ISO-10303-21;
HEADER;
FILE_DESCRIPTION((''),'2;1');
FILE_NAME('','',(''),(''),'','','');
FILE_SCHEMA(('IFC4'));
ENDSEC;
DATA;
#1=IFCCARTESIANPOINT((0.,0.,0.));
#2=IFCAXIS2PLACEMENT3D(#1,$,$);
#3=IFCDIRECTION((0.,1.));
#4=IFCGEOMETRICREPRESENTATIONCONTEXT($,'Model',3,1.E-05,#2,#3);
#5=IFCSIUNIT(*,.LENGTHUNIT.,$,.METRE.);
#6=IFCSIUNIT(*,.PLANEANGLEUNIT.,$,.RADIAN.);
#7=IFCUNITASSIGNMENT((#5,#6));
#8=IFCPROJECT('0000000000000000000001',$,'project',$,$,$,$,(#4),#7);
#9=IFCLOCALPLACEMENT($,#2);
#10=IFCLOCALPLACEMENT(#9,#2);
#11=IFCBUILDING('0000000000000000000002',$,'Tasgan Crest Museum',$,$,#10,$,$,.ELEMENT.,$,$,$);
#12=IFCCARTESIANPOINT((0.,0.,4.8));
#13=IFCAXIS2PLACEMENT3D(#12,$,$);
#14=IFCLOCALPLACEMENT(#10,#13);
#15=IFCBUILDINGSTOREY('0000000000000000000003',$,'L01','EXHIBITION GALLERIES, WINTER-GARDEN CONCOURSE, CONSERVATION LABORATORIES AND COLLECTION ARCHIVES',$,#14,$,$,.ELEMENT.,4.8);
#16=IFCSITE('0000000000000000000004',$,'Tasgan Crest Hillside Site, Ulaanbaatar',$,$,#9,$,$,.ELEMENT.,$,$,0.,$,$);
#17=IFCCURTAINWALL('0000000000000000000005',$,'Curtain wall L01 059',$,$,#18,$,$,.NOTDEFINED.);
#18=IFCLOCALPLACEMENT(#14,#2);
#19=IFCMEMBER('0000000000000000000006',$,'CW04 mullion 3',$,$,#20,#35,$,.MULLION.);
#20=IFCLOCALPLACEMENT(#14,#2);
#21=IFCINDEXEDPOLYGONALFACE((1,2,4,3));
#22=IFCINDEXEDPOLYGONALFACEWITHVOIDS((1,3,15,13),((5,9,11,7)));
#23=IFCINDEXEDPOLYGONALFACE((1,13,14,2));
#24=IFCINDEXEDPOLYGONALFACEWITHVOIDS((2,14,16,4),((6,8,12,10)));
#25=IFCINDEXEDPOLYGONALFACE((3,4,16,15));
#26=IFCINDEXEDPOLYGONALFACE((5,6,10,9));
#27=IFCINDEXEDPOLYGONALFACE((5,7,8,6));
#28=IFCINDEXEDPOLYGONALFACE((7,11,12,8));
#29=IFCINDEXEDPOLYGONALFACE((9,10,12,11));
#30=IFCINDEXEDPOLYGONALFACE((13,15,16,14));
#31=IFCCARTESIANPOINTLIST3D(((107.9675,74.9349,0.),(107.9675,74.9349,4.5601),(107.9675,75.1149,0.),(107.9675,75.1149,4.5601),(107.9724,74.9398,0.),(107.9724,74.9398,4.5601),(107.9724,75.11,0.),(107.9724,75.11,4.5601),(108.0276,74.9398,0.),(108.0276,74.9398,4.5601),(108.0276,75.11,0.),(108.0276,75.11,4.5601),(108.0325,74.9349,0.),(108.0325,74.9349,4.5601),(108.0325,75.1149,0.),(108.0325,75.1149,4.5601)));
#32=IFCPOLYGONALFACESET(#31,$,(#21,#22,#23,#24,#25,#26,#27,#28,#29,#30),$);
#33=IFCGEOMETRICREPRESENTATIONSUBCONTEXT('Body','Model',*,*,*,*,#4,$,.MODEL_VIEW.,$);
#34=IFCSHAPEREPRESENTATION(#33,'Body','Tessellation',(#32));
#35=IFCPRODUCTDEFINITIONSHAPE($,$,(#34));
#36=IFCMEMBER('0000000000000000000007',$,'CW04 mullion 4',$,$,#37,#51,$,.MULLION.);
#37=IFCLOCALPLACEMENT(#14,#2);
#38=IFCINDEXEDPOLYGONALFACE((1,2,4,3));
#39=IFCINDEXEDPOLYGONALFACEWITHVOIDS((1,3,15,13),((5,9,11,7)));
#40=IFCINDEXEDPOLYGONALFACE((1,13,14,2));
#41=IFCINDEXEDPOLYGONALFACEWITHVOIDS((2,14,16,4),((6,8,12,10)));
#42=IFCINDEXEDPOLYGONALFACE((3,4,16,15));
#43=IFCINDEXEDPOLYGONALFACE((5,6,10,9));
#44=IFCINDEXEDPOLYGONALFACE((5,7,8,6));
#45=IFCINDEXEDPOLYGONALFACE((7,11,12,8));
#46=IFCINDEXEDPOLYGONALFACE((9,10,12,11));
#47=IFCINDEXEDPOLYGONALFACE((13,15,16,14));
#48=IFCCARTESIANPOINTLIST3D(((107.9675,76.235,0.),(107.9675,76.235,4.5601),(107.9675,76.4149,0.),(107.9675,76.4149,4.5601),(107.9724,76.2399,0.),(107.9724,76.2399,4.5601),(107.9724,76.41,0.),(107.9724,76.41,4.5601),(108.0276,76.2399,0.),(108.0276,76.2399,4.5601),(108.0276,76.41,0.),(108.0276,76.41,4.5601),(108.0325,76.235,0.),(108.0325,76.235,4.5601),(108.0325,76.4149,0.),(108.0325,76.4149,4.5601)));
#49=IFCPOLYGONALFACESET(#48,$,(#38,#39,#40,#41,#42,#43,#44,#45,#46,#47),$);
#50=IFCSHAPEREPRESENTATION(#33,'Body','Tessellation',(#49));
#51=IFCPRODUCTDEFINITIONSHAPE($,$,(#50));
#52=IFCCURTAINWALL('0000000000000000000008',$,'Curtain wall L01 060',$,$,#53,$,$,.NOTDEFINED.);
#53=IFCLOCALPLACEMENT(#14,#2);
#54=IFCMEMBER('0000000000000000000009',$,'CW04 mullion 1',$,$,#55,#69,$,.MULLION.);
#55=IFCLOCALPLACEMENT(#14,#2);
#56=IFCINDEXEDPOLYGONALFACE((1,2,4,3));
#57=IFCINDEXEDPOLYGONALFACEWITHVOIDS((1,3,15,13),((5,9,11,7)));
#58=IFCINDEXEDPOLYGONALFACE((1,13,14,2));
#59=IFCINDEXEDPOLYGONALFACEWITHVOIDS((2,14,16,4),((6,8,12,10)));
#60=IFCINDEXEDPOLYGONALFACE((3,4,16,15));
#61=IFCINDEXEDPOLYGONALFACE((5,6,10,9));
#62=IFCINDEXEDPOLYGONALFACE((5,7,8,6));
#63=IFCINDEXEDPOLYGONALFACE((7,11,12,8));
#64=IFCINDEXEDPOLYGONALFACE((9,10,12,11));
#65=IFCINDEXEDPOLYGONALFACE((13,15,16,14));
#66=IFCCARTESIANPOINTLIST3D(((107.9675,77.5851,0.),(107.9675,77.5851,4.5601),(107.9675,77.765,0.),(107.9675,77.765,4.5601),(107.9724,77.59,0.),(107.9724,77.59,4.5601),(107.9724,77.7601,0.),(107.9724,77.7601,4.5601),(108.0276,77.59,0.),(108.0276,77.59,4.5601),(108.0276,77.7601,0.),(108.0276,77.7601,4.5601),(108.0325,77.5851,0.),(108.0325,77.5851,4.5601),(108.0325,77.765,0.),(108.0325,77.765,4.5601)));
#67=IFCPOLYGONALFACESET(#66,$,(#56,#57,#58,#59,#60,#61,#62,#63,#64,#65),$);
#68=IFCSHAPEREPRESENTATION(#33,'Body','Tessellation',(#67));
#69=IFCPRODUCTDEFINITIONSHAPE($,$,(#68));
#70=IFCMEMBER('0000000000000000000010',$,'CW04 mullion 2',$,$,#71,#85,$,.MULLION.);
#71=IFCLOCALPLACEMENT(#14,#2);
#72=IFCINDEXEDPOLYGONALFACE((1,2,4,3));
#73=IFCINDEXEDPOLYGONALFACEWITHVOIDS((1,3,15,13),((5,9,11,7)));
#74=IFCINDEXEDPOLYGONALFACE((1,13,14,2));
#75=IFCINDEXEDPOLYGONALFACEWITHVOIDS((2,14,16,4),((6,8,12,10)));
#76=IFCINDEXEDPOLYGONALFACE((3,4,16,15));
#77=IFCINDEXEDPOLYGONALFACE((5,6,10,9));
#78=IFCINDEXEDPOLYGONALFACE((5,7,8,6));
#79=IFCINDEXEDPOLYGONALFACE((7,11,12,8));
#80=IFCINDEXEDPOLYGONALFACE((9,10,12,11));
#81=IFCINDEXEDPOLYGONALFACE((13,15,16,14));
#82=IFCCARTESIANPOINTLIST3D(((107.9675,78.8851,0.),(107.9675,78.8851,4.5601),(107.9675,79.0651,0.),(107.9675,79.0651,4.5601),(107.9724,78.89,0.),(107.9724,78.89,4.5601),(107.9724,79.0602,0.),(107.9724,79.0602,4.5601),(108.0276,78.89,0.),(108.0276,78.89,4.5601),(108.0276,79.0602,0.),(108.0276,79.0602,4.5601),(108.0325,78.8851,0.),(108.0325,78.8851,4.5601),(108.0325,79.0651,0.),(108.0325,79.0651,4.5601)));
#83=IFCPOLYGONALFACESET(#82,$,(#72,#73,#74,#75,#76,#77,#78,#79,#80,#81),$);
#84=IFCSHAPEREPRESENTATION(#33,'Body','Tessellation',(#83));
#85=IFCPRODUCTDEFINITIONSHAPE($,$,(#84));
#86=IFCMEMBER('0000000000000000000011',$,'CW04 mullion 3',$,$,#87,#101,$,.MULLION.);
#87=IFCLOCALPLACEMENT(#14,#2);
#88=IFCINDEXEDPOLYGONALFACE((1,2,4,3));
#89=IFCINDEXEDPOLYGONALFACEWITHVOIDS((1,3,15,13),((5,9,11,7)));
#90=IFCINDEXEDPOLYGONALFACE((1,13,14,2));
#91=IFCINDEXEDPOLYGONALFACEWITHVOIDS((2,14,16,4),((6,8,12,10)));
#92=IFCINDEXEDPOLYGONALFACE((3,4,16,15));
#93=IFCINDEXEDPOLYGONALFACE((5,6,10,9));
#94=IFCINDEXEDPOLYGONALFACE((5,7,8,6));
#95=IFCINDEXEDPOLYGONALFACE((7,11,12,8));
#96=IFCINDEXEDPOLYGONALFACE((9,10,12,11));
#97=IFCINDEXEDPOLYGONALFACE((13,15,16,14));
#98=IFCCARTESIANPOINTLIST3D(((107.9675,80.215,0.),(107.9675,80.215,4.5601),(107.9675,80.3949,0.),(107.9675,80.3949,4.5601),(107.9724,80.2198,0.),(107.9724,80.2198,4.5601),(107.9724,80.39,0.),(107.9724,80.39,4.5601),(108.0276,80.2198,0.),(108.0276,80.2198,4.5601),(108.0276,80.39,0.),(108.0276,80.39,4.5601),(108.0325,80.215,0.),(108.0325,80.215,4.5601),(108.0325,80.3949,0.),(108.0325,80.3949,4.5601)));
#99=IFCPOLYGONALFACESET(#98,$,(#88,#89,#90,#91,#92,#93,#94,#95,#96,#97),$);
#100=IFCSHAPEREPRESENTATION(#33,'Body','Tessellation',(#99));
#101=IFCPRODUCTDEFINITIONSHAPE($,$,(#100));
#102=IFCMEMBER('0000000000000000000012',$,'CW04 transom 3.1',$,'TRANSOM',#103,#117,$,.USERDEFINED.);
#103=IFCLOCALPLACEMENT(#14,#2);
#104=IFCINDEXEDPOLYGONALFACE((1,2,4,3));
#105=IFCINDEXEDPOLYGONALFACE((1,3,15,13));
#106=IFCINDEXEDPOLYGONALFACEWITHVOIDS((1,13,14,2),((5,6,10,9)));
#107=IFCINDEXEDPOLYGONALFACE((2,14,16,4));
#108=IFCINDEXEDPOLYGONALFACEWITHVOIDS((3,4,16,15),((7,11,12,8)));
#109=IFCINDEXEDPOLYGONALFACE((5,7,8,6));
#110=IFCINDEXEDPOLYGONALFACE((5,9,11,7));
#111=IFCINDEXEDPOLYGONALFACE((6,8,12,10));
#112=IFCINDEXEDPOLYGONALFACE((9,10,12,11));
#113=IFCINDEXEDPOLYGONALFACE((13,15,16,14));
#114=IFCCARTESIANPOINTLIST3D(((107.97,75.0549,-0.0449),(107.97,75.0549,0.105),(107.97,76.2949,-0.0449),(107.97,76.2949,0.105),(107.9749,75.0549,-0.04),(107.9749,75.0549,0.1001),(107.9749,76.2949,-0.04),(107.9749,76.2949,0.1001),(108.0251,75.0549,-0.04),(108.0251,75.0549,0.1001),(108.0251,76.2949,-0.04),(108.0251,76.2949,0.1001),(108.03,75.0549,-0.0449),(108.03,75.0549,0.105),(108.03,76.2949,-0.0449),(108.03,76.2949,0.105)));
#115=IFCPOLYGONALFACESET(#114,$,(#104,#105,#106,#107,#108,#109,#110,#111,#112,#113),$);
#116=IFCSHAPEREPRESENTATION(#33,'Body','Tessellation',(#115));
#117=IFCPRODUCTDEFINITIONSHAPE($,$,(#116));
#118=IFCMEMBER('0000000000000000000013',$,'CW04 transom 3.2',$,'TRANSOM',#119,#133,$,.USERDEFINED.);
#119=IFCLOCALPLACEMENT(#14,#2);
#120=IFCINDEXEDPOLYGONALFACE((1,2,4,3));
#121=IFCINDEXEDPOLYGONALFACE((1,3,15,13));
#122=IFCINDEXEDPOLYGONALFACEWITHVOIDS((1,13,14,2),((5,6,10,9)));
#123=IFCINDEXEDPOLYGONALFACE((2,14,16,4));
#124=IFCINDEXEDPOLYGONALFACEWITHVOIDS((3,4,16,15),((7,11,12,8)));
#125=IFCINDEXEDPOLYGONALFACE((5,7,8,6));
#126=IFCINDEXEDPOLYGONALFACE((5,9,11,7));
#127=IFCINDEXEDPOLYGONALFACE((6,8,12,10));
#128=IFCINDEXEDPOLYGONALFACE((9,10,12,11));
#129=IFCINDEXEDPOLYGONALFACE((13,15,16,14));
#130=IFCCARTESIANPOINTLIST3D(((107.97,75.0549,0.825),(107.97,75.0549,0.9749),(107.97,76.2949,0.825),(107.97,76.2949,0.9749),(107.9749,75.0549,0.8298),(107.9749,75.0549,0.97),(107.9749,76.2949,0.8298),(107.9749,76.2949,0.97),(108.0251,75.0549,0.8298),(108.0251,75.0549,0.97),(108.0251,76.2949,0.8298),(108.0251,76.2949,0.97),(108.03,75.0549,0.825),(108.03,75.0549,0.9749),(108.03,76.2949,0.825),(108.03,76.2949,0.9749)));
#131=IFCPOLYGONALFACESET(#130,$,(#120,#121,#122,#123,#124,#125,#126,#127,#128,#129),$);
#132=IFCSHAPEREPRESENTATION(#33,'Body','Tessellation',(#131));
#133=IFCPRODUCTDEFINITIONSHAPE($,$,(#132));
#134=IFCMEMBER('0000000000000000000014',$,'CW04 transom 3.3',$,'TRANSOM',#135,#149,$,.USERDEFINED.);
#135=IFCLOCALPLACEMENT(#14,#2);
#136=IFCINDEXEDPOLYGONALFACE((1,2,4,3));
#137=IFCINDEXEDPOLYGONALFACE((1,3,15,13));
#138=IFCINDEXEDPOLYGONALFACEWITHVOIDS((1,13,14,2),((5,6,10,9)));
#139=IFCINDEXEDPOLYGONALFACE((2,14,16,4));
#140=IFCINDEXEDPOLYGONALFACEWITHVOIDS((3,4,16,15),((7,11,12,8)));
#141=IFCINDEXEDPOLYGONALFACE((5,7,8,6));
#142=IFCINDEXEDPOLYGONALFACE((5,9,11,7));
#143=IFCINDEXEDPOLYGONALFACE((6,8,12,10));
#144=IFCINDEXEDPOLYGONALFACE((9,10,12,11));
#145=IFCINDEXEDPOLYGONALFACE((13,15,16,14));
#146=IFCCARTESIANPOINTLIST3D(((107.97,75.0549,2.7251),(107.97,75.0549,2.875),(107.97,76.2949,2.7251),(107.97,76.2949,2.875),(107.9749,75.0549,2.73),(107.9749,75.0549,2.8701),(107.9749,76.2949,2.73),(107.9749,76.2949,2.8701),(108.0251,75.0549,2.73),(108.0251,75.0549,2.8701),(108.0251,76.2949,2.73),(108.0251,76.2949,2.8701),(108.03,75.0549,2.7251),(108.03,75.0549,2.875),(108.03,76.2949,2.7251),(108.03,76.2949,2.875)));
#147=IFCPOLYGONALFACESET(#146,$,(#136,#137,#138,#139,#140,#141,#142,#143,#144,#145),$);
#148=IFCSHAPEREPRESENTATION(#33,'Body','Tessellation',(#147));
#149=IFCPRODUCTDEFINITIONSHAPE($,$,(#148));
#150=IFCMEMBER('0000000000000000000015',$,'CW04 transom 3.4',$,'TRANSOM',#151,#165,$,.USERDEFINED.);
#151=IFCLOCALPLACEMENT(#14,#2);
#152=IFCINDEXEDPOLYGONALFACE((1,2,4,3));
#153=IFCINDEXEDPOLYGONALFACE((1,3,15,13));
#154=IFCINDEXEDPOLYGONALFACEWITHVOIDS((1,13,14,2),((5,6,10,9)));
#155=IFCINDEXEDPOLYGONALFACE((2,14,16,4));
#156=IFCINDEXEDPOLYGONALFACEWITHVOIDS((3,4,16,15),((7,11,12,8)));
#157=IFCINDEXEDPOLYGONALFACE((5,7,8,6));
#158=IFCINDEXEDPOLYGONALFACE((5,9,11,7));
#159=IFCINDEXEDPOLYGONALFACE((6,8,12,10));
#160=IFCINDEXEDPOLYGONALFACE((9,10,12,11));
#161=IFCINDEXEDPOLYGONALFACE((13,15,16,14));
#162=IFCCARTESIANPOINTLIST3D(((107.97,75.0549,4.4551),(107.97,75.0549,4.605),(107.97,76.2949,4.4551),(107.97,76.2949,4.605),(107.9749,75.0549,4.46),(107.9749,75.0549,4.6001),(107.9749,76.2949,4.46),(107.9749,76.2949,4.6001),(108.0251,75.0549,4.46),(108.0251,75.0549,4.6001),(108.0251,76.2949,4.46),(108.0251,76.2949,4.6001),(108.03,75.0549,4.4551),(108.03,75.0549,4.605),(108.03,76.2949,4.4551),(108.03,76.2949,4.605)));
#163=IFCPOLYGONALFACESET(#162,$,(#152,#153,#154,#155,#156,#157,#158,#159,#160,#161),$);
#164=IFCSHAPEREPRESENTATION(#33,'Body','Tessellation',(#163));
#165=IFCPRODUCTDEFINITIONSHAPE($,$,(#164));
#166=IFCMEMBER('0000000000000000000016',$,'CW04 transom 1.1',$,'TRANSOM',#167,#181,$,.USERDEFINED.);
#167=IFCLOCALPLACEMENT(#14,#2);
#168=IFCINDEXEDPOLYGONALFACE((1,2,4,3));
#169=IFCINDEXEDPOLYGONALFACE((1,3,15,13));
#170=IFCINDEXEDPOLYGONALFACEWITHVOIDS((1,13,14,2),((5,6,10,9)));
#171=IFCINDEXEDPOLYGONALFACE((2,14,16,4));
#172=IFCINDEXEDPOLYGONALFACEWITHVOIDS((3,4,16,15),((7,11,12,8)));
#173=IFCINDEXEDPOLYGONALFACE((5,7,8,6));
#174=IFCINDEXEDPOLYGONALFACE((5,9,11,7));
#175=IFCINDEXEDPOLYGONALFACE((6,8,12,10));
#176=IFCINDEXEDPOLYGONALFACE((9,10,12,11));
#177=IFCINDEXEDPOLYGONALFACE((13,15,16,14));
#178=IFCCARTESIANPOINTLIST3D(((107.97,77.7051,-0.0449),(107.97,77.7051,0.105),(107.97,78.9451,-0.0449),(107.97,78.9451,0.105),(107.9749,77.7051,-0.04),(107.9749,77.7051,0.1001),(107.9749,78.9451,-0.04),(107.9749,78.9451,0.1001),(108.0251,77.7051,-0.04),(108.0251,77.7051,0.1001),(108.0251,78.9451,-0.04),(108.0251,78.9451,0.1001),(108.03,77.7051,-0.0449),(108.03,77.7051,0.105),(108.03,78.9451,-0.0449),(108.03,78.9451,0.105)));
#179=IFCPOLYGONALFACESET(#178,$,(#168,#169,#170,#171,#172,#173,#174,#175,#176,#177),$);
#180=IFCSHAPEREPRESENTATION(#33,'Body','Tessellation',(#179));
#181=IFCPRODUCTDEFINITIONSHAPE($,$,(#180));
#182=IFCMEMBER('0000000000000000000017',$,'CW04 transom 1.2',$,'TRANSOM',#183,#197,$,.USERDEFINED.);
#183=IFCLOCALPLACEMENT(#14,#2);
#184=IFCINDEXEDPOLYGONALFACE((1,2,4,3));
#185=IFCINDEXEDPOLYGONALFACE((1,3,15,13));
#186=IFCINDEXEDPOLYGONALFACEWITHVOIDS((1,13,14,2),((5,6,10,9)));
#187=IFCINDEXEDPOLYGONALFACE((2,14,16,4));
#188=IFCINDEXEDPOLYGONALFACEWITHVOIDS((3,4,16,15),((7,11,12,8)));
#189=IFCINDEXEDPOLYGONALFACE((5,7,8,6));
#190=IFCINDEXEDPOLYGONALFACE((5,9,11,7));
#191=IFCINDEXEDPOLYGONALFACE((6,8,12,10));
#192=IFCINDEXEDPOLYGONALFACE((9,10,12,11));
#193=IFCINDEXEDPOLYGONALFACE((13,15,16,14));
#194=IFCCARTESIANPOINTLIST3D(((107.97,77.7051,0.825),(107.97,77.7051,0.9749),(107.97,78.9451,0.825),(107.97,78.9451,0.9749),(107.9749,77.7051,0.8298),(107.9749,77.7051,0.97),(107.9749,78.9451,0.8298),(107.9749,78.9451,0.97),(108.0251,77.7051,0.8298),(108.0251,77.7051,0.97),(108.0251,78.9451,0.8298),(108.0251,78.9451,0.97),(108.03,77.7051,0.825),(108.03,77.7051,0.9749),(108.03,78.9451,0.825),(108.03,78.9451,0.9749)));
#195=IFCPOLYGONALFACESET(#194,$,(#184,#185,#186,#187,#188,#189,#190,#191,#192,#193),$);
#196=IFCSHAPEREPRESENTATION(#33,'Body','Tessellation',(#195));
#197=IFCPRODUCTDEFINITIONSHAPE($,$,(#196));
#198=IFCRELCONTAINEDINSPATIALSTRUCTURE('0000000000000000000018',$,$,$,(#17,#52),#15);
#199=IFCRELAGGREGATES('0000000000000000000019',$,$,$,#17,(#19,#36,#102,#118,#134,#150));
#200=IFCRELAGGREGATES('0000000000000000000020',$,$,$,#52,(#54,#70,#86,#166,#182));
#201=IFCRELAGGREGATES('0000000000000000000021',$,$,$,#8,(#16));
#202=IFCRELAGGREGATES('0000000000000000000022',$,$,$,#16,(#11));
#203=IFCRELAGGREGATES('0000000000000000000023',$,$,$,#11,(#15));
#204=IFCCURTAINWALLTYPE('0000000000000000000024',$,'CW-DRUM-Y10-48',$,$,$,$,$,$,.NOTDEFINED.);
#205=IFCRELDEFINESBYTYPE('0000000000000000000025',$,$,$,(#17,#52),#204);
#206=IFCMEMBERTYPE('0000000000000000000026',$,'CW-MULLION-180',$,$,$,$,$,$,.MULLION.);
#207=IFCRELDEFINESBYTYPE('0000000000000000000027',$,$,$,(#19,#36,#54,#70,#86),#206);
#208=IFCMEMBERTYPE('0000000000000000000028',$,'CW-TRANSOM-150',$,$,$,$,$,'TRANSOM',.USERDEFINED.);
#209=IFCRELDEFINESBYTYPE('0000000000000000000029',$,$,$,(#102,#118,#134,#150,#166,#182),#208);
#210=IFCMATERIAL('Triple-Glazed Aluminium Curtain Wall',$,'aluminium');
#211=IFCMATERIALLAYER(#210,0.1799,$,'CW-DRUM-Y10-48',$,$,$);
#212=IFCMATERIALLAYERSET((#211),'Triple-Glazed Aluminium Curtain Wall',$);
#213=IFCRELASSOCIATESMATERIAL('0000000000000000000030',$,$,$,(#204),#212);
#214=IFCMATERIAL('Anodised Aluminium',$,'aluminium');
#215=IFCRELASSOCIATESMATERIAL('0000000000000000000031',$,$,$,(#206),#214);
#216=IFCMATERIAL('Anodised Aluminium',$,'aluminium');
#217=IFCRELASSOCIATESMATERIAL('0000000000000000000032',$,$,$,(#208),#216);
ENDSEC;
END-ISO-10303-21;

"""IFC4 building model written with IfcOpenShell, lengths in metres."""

from ifc_helpers import new_model, si_unit, direction, frame, origin, origin_2d, place, context, subcontext, project, spatial, hollow_rectangle, extrude, material, layer, layer_set, material_profile, profile_set, type_object, element, aggregate, save


model = new_model("IFC4")

# Units and contexts
model_context = context("Model", 3, precision=1e-05, world=origin(), true_north=direction((0.0, 1.0)))
body_context = subcontext(model_context, "Body", "Model", "MODEL_VIEW")
ifc_project = project(units=[si_unit("LENGTHUNIT", "METRE"), si_unit("PLANEANGLEUNIT", "RADIAN")], contexts=[model_context])

# Site, building, storey
site_placement = place(None, origin())
site = spatial("IfcSite", under=ifc_project, at=site_placement, Name="Tasgan Crest Hillside Site, Ulaanbaatar", CompositionType="ELEMENT", RefElevation=0.0)
building_placement = place(site_placement, origin())
building = spatial("IfcBuilding", under=site, at=building_placement, Name="Tasgan Crest Museum", CompositionType="ELEMENT")
storey_placement = place(building_placement, frame((0.0, 0.0, 4.8)))
storey = spatial("IfcBuildingStorey", under=building, at=storey_placement, Name="L01", Description="EXHIBITION GALLERIES, WINTER-GARDEN CONCOURSE, CONSERVATION LABORATORIES AND COLLECTION ARCHIVES", CompositionType="ELEMENT", Elevation=4.8)

# Curtain walls, members
ifc_material_1 = material(Name="Triple-Glazed Aluminium Curtain Wall", Category="aluminium")
ifc_layer_1 = layer(ifc_material_1, 0.1799, Name="CW-DRUM-Y10-48")
ifc_layer_set_1 = layer_set([ifc_layer_1], Name="Triple-Glazed Aluminium Curtain Wall")
curtain_wall_type = type_object("IfcCurtainWallType", Name="CW-DRUM-Y10-48", PredefinedType="NOTDEFINED", material=ifc_layer_set_1)
curtain_wall_1_placement = place(storey_placement, origin())
curtain_wall_1 = element("IfcCurtainWall", 1, at=curtain_wall_1_placement, inside=storey, type_object=curtain_wall_type, Name="Curtain wall L01 059", PredefinedType="NOTDEFINED")
ifc_material_2 = material(Name="Anodised Aluminium", Category="aluminium")
ifc_material_profile_1 = material_profile(ifc_material_2, hollow_rectangle(XDim=0.0649, YDim=0.1799, WallThickness=0.0049, at=origin_2d()), Name="ALU MULLION 180x65x5")
ifc_profile_set_1 = profile_set([ifc_material_profile_1], Name="Anodised Aluminium")
member_type_1 = type_object("IfcMemberType", Name="CW-MULLION-180", PredefinedType="MULLION", material=ifc_profile_set_1)
member_1_placement = place(storey_placement, frame((108.0, 75.0249, 0.0), z_axis=(0.0, 0.0, 1.0), x_axis=(-1.0, 0.0, 0.0)))
member_1 = element("IfcMember", 2, at=member_1_placement, type_object=member_type_1, Name="CW04 mullion 3", PredefinedType="MULLION", context=body_context, shape_type="SweptSolid", body=[
    extrude(hollow_rectangle(XDim=0.0649, YDim=0.1799, WallThickness=0.0049, at=origin_2d()), origin(), (0.0, 0.0, 1.0), 4.5601),
])
member_2_placement = place(storey_placement, frame((108.0, 76.325, 0.0), z_axis=(0.0, 0.0, 1.0), x_axis=(-1.0, 0.0, 0.0)))
member_2 = element("IfcMember", 3, at=member_2_placement, type_object=member_type_1, Name="CW04 mullion 4", PredefinedType="MULLION", context=body_context, shape_type="SweptSolid", body=[
    extrude(hollow_rectangle(XDim=0.0649, YDim=0.1799, WallThickness=0.0049, at=origin_2d()), origin(), (0.0, 0.0, 1.0), 4.5601),
])
curtain_wall_2_placement = place(storey_placement, origin())
curtain_wall_2 = element("IfcCurtainWall", 4, at=curtain_wall_2_placement, inside=storey, type_object=curtain_wall_type, Name="Curtain wall L01 060", PredefinedType="NOTDEFINED")
member_3_placement = place(storey_placement, frame((108.0, 77.675, 0.0), z_axis=(0.0, 0.0, 1.0), x_axis=(-1.0, 0.0, 0.0)))
member_3 = element("IfcMember", 5, at=member_3_placement, type_object=member_type_1, Name="CW04 mullion 1", PredefinedType="MULLION", context=body_context, shape_type="SweptSolid", body=[
    extrude(hollow_rectangle(XDim=0.0649, YDim=0.1799, WallThickness=0.0049, at=origin_2d()), origin(), (0.0, 0.0, 1.0), 4.5601),
])
member_4_placement = place(storey_placement, frame((108.0, 78.9751, 0.0), z_axis=(0.0, 0.0, 1.0), x_axis=(-1.0, 0.0, 0.0)))
member_4 = element("IfcMember", 6, at=member_4_placement, type_object=member_type_1, Name="CW04 mullion 2", PredefinedType="MULLION", context=body_context, shape_type="SweptSolid", body=[
    extrude(hollow_rectangle(XDim=0.0649, YDim=0.1799, WallThickness=0.0049, at=origin_2d()), origin(), (0.0, 0.0, 1.0), 4.5601),
])
member_5_placement = place(storey_placement, frame((108.0, 80.3049, 0.0), z_axis=(0.0, 0.0, 1.0), x_axis=(-1.0, 0.0, 0.0)))
member_5 = element("IfcMember", 7, at=member_5_placement, type_object=member_type_1, Name="CW04 mullion 3", PredefinedType="MULLION", context=body_context, shape_type="SweptSolid", body=[
    extrude(hollow_rectangle(XDim=0.0649, YDim=0.1799, WallThickness=0.0049, at=origin_2d()), origin(), (0.0, 0.0, 1.0), 4.5601),
])

# Members
ifc_material_3 = material(Name="Anodised Aluminium", Category="aluminium")
ifc_material_profile_2 = material_profile(ifc_material_3, hollow_rectangle(XDim=0.0601, YDim=0.1499, WallThickness=0.0049, at=origin_2d()), Name="ALU TRANSOM 150x60x5")
ifc_profile_set_2 = profile_set([ifc_material_profile_2], Name="Anodised Aluminium")
member_type_2 = type_object("IfcMemberType", Name="CW-TRANSOM-150", ElementType="TRANSOM", PredefinedType="USERDEFINED", material=ifc_profile_set_2)
member_6_placement = place(storey_placement, frame((108.0, 75.0549, 0.03), z_axis=(0.0, 1.0, 0.0), x_axis=(-1.0, 0.0, 0.0)))
member_6 = element("IfcMember", 8, at=member_6_placement, type_object=member_type_2, Name="CW04 transom 3.1", ObjectType="TRANSOM", PredefinedType="USERDEFINED", context=body_context, shape_type="SweptSolid", body=[
    extrude(hollow_rectangle(XDim=0.0601, YDim=0.1499, WallThickness=0.0049, at=origin_2d()), origin(), (0.0, 0.0, 1.0), 1.24),
])
member_7_placement = place(storey_placement, frame((108.0, 75.0549, 0.8999), z_axis=(0.0, 1.0, 0.0), x_axis=(-1.0, 0.0, 0.0)))
member_7 = element("IfcMember", 9, at=member_7_placement, type_object=member_type_2, Name="CW04 transom 3.2", ObjectType="TRANSOM", PredefinedType="USERDEFINED", context=body_context, shape_type="SweptSolid", body=[
    extrude(hollow_rectangle(XDim=0.0601, YDim=0.1499, WallThickness=0.0049, at=origin_2d()), origin(), (0.0, 0.0, 1.0), 1.24),
])
member_8_placement = place(storey_placement, frame((108.0, 75.0549, 2.8), z_axis=(0.0, 1.0, 0.0), x_axis=(-1.0, 0.0, 0.0)))
member_8 = element("IfcMember", 10, at=member_8_placement, type_object=member_type_2, Name="CW04 transom 3.3", ObjectType="TRANSOM", PredefinedType="USERDEFINED", context=body_context, shape_type="SweptSolid", body=[
    extrude(hollow_rectangle(XDim=0.0601, YDim=0.1499, WallThickness=0.0049, at=origin_2d()), origin(), (0.0, 0.0, 1.0), 1.24),
])
member_9_placement = place(storey_placement, frame((108.0, 75.0549, 4.53), z_axis=(0.0, 1.0, 0.0), x_axis=(-1.0, 0.0, 0.0)))
member_9 = element("IfcMember", 11, at=member_9_placement, type_object=member_type_2, Name="CW04 transom 3.4", ObjectType="TRANSOM", PredefinedType="USERDEFINED", context=body_context, shape_type="SweptSolid", body=[
    extrude(hollow_rectangle(XDim=0.0601, YDim=0.1499, WallThickness=0.0049, at=origin_2d()), origin(), (0.0, 0.0, 1.0), 1.24),
])
member_10_placement = place(storey_placement, frame((108.0, 77.7051, 0.03), z_axis=(0.0, 1.0, 0.0), x_axis=(-1.0, 0.0, 0.0)))
member_10 = element("IfcMember", 12, at=member_10_placement, type_object=member_type_2, Name="CW04 transom 1.1", ObjectType="TRANSOM", PredefinedType="USERDEFINED", context=body_context, shape_type="SweptSolid", body=[
    extrude(hollow_rectangle(XDim=0.0601, YDim=0.1499, WallThickness=0.0049, at=origin_2d()), origin(), (0.0, 0.0, 1.0), 1.24),
])
member_11_placement = place(storey_placement, frame((108.0, 77.7051, 0.8999), z_axis=(0.0, 1.0, 0.0), x_axis=(-1.0, 0.0, 0.0)))
member_11 = element("IfcMember", 13, at=member_11_placement, type_object=member_type_2, Name="CW04 transom 1.2", ObjectType="TRANSOM", PredefinedType="USERDEFINED", context=body_context, shape_type="SweptSolid", body=[
    extrude(hollow_rectangle(XDim=0.0601, YDim=0.1499, WallThickness=0.0049, at=origin_2d()), origin(), (0.0, 0.0, 1.0), 1.24),
])

aggregate(curtain_wall_1, [member_1, member_2, member_6, member_7, member_8, member_9])
aggregate(curtain_wall_2, [member_3, member_4, member_5, member_10, member_11])

save(model, "model.ifc")
